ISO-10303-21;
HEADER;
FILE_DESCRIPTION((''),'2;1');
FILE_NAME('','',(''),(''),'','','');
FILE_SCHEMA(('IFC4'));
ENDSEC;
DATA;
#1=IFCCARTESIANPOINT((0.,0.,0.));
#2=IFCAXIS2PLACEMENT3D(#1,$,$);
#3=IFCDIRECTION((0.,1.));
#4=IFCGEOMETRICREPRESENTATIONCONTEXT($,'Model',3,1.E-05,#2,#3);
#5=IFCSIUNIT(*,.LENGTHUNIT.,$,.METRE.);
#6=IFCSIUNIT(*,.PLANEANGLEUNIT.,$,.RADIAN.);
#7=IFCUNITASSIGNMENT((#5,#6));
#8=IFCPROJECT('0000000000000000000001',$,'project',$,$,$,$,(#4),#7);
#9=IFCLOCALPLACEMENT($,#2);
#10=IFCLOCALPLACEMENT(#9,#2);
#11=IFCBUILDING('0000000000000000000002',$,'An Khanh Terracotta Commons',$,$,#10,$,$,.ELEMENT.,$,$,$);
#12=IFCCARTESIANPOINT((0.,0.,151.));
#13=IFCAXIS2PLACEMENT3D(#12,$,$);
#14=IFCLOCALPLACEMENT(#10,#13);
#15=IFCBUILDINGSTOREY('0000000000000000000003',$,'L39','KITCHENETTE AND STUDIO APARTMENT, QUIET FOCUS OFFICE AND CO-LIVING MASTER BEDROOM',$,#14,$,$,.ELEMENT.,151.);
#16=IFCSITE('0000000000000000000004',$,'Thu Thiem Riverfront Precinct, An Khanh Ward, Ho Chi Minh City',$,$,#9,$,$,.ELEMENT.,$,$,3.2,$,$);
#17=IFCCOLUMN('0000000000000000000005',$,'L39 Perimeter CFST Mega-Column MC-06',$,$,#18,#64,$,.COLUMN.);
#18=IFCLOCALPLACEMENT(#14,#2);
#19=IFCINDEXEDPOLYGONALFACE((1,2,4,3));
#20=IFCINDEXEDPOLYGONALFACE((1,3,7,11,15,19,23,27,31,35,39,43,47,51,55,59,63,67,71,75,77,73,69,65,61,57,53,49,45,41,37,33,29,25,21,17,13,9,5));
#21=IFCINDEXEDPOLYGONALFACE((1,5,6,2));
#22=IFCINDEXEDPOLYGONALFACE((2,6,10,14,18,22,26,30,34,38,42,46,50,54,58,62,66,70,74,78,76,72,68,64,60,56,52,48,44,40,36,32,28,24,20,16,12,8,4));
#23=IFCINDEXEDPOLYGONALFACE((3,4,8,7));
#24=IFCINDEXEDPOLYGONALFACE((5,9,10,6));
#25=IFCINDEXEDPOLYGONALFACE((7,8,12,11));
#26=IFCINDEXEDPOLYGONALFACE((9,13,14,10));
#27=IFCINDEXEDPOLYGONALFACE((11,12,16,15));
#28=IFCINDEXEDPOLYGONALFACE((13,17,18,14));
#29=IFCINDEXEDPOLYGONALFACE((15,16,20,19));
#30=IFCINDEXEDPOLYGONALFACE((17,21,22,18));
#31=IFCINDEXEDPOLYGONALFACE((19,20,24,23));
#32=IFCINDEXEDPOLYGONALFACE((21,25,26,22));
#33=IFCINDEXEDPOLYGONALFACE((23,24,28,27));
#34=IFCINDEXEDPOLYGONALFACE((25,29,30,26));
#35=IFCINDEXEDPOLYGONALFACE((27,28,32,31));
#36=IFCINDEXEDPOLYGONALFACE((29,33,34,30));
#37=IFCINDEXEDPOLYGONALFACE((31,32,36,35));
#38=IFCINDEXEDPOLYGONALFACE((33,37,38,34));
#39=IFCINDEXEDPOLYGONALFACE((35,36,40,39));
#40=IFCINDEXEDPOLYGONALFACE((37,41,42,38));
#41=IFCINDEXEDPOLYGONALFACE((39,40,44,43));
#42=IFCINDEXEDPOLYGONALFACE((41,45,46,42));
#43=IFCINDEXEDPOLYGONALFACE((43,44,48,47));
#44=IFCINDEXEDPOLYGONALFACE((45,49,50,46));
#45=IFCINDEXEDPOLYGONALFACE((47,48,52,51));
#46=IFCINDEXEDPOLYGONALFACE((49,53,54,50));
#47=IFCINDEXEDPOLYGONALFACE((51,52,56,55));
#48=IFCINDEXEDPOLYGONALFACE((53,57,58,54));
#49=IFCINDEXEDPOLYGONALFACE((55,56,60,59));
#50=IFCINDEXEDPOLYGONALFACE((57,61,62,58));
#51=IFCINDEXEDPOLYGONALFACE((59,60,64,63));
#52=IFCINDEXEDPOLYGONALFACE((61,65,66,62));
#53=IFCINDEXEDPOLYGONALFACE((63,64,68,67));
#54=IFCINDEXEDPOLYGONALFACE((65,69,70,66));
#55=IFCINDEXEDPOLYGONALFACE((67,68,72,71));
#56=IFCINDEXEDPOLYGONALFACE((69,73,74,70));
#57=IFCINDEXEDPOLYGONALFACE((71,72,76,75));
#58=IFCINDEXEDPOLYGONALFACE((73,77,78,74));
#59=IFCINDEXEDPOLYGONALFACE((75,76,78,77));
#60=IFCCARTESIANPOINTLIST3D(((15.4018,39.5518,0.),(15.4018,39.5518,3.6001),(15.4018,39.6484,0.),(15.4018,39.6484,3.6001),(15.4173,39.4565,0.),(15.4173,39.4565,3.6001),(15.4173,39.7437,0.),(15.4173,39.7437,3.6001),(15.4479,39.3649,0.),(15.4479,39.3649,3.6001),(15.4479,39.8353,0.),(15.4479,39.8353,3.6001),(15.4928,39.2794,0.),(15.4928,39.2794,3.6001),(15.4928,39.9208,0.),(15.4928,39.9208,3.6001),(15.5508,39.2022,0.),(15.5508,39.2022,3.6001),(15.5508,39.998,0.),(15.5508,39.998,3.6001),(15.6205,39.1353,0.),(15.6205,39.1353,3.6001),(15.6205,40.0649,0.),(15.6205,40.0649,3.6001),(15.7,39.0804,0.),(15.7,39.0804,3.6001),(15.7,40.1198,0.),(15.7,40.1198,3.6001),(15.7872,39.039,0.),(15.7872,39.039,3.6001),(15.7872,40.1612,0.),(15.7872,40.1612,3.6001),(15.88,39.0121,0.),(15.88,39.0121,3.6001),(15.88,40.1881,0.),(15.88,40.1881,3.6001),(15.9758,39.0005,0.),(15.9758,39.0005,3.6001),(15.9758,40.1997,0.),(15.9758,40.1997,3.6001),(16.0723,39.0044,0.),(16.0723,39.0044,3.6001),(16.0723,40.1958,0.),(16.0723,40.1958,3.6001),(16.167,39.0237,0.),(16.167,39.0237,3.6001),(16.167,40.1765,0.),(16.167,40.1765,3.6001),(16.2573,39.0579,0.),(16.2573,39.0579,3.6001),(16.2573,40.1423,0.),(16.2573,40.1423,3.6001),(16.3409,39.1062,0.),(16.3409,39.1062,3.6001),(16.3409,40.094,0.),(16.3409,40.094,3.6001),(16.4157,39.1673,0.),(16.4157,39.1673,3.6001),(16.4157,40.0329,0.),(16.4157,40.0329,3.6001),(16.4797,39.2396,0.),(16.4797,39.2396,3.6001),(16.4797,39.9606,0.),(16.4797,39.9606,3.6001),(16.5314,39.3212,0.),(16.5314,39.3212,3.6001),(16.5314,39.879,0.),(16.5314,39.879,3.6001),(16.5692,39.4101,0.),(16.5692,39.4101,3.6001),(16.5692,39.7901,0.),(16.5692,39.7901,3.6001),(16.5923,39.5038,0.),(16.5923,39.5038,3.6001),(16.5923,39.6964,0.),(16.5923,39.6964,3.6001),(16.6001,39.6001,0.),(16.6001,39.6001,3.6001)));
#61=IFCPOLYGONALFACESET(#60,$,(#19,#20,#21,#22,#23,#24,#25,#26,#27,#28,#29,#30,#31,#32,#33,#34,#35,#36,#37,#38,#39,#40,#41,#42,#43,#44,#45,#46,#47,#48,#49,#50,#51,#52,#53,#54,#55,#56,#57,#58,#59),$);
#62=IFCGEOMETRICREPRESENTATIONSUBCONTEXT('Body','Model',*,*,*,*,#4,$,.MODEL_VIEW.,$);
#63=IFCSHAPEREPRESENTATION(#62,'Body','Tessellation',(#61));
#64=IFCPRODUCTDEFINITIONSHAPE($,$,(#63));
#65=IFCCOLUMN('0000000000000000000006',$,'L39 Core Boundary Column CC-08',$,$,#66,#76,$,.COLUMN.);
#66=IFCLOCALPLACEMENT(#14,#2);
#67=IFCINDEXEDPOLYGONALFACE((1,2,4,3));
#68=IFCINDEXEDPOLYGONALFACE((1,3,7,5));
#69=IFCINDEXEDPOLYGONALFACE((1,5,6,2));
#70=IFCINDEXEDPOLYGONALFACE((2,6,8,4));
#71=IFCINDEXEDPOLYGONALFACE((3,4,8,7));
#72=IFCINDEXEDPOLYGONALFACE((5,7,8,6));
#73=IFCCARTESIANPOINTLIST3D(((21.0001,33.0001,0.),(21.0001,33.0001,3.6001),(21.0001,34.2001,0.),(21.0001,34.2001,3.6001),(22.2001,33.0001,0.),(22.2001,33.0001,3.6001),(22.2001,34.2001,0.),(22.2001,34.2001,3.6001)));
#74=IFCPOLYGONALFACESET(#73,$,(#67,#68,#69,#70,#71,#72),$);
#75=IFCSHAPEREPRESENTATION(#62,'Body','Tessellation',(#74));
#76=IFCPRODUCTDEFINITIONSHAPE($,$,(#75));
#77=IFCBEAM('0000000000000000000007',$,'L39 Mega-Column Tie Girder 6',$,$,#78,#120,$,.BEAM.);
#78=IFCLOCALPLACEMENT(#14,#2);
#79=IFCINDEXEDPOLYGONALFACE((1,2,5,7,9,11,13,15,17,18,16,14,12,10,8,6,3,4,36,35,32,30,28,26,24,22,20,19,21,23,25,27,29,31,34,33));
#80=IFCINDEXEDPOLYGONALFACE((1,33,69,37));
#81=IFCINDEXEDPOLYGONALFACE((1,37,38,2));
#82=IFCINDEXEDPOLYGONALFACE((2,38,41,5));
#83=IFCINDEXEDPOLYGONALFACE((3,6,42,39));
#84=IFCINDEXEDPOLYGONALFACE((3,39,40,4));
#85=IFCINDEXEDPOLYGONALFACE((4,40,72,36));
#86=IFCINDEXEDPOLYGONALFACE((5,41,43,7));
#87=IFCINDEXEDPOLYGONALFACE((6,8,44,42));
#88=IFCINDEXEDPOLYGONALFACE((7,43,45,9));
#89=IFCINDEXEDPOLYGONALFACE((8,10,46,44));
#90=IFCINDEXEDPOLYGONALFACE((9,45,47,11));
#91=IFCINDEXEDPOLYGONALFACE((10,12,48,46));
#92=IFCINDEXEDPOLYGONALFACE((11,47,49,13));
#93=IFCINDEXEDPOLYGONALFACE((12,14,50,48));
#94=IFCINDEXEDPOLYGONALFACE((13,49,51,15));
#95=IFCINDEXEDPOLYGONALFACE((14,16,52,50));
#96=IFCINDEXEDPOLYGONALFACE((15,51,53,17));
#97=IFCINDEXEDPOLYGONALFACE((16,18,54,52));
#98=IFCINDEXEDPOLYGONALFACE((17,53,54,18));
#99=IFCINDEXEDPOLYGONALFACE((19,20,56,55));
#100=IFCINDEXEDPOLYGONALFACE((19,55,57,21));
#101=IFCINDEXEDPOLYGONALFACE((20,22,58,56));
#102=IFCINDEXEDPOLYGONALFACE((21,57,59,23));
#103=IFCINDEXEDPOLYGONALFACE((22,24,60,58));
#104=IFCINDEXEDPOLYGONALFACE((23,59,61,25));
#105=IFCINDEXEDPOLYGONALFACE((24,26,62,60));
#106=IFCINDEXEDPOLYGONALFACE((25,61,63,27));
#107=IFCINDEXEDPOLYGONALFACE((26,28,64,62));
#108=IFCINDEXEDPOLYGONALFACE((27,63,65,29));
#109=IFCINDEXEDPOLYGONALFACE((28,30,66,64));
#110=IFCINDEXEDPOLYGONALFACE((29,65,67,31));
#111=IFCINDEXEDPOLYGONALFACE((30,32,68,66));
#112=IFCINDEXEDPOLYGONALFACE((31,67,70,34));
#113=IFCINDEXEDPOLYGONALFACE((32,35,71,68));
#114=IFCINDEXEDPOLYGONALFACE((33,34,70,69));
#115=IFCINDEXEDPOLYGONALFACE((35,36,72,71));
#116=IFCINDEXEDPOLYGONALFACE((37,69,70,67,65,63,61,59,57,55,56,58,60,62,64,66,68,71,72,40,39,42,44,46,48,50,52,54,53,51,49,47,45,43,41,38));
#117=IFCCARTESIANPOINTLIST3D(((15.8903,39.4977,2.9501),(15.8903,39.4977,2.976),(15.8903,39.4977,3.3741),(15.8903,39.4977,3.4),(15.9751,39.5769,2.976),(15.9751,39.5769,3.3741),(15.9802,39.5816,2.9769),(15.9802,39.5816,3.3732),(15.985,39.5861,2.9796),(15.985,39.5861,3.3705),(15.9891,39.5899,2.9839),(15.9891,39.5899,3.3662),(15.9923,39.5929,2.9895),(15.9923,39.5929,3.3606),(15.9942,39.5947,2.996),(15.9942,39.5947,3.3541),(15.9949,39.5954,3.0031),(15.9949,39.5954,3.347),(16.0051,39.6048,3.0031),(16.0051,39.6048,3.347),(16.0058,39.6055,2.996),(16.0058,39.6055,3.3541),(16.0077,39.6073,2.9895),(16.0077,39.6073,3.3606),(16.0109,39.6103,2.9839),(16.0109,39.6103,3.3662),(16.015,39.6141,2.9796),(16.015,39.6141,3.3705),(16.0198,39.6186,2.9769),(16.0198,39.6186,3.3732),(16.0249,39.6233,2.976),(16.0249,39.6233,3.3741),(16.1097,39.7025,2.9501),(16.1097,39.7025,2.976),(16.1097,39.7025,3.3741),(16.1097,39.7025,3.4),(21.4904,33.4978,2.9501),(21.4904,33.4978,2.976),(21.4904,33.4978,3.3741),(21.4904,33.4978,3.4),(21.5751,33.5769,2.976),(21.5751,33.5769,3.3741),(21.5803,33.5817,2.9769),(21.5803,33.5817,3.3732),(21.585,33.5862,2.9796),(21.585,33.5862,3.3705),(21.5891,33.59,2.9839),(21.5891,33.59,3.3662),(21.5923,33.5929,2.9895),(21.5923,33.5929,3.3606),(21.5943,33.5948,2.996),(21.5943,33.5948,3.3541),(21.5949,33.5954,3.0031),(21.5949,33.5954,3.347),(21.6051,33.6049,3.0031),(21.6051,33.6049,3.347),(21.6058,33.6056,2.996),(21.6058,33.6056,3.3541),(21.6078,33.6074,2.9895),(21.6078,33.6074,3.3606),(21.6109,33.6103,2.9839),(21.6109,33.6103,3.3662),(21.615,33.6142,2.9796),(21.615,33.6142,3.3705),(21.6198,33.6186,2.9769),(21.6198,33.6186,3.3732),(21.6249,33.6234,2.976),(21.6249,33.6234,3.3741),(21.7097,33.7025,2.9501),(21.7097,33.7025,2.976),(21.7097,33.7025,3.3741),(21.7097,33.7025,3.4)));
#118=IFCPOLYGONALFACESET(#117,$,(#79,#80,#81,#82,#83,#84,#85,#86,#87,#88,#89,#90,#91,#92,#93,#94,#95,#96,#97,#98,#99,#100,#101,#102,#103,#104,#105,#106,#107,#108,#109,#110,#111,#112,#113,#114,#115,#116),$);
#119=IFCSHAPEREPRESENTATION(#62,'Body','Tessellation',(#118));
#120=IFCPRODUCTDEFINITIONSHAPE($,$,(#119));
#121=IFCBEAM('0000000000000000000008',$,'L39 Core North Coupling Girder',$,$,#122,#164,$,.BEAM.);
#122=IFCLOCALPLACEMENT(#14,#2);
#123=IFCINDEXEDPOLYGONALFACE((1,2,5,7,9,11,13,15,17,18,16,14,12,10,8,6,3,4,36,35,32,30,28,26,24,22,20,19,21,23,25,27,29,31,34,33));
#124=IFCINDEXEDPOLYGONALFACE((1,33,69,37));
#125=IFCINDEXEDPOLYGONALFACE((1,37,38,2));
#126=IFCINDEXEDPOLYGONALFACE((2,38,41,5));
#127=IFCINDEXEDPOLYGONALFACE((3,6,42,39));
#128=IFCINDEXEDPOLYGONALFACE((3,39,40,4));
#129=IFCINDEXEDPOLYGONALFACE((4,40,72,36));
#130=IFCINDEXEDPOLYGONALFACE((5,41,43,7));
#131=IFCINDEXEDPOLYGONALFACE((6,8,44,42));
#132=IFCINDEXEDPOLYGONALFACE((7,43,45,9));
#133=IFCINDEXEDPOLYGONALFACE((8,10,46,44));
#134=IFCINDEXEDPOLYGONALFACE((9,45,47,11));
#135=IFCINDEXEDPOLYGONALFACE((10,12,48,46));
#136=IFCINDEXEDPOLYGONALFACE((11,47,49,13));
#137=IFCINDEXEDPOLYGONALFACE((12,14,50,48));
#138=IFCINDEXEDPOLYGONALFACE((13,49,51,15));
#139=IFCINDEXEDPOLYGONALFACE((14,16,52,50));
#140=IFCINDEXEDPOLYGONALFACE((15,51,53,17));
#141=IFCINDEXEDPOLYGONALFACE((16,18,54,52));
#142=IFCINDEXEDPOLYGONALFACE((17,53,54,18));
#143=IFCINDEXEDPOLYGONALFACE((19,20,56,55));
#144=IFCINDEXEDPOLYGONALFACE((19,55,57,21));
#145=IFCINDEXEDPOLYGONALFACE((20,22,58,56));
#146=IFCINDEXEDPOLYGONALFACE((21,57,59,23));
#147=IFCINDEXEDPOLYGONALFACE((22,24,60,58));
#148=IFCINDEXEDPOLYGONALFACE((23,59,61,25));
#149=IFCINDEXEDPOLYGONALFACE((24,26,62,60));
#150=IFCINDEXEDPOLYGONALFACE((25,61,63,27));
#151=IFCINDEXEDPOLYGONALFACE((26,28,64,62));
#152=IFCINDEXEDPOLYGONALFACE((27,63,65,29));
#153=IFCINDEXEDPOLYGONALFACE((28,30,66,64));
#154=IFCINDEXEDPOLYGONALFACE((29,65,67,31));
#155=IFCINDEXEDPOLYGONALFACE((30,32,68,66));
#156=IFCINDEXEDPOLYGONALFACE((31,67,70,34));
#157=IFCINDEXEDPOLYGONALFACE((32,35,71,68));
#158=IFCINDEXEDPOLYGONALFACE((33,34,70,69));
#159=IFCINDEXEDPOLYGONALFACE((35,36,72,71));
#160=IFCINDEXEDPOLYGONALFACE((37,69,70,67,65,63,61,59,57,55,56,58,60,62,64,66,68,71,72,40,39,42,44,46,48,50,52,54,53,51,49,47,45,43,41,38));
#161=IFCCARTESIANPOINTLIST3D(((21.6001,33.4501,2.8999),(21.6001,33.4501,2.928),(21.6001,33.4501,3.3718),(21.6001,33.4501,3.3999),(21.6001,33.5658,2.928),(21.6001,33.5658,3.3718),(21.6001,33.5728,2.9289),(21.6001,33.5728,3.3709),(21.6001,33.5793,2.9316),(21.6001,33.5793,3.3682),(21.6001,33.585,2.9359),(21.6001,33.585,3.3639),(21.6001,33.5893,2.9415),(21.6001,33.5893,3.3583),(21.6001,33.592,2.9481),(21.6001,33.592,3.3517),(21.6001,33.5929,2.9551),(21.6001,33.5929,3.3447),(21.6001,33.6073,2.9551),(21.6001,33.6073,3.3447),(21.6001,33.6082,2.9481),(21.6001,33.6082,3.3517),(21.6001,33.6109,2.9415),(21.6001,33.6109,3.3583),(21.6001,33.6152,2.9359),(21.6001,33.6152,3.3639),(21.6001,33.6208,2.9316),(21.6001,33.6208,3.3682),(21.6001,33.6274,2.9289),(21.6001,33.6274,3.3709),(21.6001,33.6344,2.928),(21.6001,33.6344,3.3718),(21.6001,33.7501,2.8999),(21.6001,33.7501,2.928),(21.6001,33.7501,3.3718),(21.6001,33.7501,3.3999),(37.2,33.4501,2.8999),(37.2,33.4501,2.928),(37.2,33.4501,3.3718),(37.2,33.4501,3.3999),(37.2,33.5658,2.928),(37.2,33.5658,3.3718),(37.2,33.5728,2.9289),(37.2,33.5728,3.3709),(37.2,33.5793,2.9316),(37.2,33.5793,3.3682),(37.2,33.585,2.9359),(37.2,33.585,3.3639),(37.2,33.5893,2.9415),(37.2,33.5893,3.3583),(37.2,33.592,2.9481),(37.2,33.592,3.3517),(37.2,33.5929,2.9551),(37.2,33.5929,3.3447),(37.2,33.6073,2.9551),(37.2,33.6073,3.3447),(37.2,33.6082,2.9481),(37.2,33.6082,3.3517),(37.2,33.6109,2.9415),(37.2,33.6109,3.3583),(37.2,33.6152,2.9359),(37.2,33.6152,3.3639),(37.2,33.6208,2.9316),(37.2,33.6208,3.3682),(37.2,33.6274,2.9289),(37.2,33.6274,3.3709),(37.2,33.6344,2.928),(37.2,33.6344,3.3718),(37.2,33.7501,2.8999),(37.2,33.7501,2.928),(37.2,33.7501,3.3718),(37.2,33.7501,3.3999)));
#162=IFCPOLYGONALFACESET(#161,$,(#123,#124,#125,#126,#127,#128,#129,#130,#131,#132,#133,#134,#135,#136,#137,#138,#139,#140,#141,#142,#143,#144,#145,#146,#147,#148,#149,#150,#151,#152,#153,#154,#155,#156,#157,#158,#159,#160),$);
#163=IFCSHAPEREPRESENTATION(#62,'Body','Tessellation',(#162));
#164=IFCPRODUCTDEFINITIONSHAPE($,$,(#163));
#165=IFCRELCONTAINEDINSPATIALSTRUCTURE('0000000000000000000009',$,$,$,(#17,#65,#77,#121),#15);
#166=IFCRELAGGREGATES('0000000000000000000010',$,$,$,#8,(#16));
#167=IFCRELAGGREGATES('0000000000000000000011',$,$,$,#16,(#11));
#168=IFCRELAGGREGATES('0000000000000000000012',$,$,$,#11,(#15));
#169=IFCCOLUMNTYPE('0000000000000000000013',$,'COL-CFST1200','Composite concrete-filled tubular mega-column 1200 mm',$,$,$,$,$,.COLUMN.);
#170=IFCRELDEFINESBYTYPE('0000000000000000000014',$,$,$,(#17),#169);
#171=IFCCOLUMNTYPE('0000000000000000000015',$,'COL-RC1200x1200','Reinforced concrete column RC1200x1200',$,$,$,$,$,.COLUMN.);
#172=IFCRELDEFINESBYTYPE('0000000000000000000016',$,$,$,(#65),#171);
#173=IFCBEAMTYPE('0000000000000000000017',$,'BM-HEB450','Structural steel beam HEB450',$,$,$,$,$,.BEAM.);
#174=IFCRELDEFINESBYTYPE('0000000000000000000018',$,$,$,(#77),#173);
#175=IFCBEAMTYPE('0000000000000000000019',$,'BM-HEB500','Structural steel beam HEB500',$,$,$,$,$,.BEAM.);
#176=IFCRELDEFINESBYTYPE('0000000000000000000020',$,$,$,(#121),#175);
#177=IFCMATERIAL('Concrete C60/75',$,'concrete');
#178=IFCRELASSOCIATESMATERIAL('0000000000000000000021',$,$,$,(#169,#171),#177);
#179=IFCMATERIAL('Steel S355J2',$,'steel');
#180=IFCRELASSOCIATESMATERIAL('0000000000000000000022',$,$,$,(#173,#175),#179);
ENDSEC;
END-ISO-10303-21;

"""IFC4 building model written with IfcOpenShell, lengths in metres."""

from ifc_helpers import new_model, si_unit, direction, frame, origin, origin_2d, place, context, subcontext, project, spatial, rectangle, circle, i_section, extrude, material, material_profile, profile_set, type_object, element, save


model = new_model("IFC4")

# Units and contexts
model_context = context("Model", 3, precision=1e-05, world=origin(), true_north=direction((0.0, 1.0)))
body_context = subcontext(model_context, "Body", "Model", "MODEL_VIEW")
ifc_project = project(units=[si_unit("LENGTHUNIT", "METRE"), si_unit("PLANEANGLEUNIT", "RADIAN")], contexts=[model_context])

# Site, building, storey
site_placement = place(None, origin())
site = spatial("IfcSite", under=ifc_project, at=site_placement, Name="Thu Thiem Riverfront Precinct, An Khanh Ward, Ho Chi Minh City", CompositionType="ELEMENT", RefElevation=3.2)
building_placement = place(site_placement, origin())
building = spatial("IfcBuilding", under=site, at=building_placement, Name="An Khanh Terracotta Commons", CompositionType="ELEMENT")
storey_placement = place(building_placement, frame((0.0, 0.0, 151.0)))
storey = spatial("IfcBuildingStorey", under=building, at=storey_placement, Name="L39", Description="KITCHENETTE AND STUDIO APARTMENT, QUIET FOCUS OFFICE AND CO-LIVING MASTER BEDROOM", CompositionType="ELEMENT", Elevation=151.0)

# Columns
ifc_material_1 = material(Name="Concrete C60/75", Category="concrete")
ifc_material_profile_1 = material_profile(ifc_material_1, circle(Radius=0.6001, at=origin_2d()), Name="CFST1200")
ifc_profile_set_1 = profile_set([ifc_material_profile_1], Name="Concrete C60/75")
column_type_1 = type_object("IfcColumnType", Name="COL-CFST1200", Description="Composite concrete-filled tubular mega-column 1200 mm", PredefinedType="COLUMN", material=ifc_profile_set_1)
column_1_placement = place(storey_placement, frame((16.0, 39.6001, 0.0), z_axis=(0.0, 0.0, 1.0), x_axis=(1.0, 0.0, 0.0)))
element("IfcColumn", 1, at=column_1_placement, inside=storey, type_object=column_type_1, Name="L39 Perimeter CFST Mega-Column MC-06", PredefinedType="COLUMN", context=body_context, shape_type="SweptSolid", body=[
    extrude(circle(Radius=0.6001, at=origin_2d()), origin(), (0.0, 0.0, 1.0), 3.6001),
])
ifc_material_profile_2 = material_profile(ifc_material_1, rectangle(XDim=1.2, YDim=1.2, at=origin_2d()), Name="RC1200x1200")
ifc_profile_set_2 = profile_set([ifc_material_profile_2], Name="Concrete C60/75")
column_type_2 = type_object("IfcColumnType", Name="COL-RC1200x1200", Description="Reinforced concrete column RC1200x1200", PredefinedType="COLUMN", material=ifc_profile_set_2)
column_2_placement = place(storey_placement, frame((21.6001, 33.6001, 0.0), z_axis=(0.0, 0.0, 1.0), x_axis=(1.0, 0.0, 0.0)))
element("IfcColumn", 2, at=column_2_placement, inside=storey, type_object=column_type_2, Name="L39 Core Boundary Column CC-08", PredefinedType="COLUMN", context=body_context, shape_type="SweptSolid", body=[
    extrude(rectangle(XDim=1.2, YDim=1.2, at=origin_2d()), origin(), (0.0, 0.0, 1.0), 3.6001),
])

# Beams
ifc_material_2 = material(Name="Steel S355J2", Category="steel")
ifc_material_profile_3 = material_profile(ifc_material_2, i_section(OverallWidth=0.3, OverallDepth=0.45, WebThickness=0.0139, FlangeThickness=0.0259, FilletRadius=0.0271, at=origin_2d()), Name="HEB450")
ifc_profile_set_3 = profile_set([ifc_material_profile_3], Name="Steel S355J2")
beam_type_1 = type_object("IfcBeamType", Name="BM-HEB450", Description="Structural steel beam HEB450", PredefinedType="BEAM", material=ifc_profile_set_3)
beam_1_placement = place(storey_placement, frame((16.0, 39.6001, 3.175), z_axis=(0.682325, -0.731049, 0.0), x_axis=(0.731049, 0.682325, 0.0)))
element("IfcBeam", 3, at=beam_1_placement, inside=storey, type_object=beam_type_1, Name="L39 Mega-Column Tie Girder 6", PredefinedType="BEAM", context=body_context, shape_type="SweptSolid", body=[
    extrude(i_section(OverallWidth=0.3, OverallDepth=0.45, WebThickness=0.0139, FlangeThickness=0.0259, FilletRadius=0.0271, at=origin_2d()), origin(), (0.0, 0.0, 1.0), 8.2073),
])
ifc_material_profile_4 = material_profile(ifc_material_2, i_section(OverallWidth=0.3, OverallDepth=0.5, WebThickness=0.0144, FlangeThickness=0.0281, FilletRadius=0.0271, at=origin_2d()), Name="HEB500")
ifc_profile_set_4 = profile_set([ifc_material_profile_4], Name="Steel S355J2")
beam_type_2 = type_object("IfcBeamType", Name="BM-HEB500", Description="Structural steel beam HEB500", PredefinedType="BEAM", material=ifc_profile_set_4)
beam_2_placement = place(storey_placement, frame((21.6001, 33.6001, 3.1499), z_axis=(1.0, 0.0, 0.0), x_axis=(0.0, 1.0, 0.0)))
element("IfcBeam", 4, at=beam_2_placement, inside=storey, type_object=beam_type_2, Name="L39 Core North Coupling Girder", PredefinedType="BEAM", context=body_context, shape_type="SweptSolid", body=[
    extrude(i_section(OverallWidth=0.3, OverallDepth=0.5, WebThickness=0.0144, FlangeThickness=0.0281, FilletRadius=0.0271, at=origin_2d()), origin(), (0.0, 0.0, 1.0), 15.5999),
])

save(model, "model.ifc")
